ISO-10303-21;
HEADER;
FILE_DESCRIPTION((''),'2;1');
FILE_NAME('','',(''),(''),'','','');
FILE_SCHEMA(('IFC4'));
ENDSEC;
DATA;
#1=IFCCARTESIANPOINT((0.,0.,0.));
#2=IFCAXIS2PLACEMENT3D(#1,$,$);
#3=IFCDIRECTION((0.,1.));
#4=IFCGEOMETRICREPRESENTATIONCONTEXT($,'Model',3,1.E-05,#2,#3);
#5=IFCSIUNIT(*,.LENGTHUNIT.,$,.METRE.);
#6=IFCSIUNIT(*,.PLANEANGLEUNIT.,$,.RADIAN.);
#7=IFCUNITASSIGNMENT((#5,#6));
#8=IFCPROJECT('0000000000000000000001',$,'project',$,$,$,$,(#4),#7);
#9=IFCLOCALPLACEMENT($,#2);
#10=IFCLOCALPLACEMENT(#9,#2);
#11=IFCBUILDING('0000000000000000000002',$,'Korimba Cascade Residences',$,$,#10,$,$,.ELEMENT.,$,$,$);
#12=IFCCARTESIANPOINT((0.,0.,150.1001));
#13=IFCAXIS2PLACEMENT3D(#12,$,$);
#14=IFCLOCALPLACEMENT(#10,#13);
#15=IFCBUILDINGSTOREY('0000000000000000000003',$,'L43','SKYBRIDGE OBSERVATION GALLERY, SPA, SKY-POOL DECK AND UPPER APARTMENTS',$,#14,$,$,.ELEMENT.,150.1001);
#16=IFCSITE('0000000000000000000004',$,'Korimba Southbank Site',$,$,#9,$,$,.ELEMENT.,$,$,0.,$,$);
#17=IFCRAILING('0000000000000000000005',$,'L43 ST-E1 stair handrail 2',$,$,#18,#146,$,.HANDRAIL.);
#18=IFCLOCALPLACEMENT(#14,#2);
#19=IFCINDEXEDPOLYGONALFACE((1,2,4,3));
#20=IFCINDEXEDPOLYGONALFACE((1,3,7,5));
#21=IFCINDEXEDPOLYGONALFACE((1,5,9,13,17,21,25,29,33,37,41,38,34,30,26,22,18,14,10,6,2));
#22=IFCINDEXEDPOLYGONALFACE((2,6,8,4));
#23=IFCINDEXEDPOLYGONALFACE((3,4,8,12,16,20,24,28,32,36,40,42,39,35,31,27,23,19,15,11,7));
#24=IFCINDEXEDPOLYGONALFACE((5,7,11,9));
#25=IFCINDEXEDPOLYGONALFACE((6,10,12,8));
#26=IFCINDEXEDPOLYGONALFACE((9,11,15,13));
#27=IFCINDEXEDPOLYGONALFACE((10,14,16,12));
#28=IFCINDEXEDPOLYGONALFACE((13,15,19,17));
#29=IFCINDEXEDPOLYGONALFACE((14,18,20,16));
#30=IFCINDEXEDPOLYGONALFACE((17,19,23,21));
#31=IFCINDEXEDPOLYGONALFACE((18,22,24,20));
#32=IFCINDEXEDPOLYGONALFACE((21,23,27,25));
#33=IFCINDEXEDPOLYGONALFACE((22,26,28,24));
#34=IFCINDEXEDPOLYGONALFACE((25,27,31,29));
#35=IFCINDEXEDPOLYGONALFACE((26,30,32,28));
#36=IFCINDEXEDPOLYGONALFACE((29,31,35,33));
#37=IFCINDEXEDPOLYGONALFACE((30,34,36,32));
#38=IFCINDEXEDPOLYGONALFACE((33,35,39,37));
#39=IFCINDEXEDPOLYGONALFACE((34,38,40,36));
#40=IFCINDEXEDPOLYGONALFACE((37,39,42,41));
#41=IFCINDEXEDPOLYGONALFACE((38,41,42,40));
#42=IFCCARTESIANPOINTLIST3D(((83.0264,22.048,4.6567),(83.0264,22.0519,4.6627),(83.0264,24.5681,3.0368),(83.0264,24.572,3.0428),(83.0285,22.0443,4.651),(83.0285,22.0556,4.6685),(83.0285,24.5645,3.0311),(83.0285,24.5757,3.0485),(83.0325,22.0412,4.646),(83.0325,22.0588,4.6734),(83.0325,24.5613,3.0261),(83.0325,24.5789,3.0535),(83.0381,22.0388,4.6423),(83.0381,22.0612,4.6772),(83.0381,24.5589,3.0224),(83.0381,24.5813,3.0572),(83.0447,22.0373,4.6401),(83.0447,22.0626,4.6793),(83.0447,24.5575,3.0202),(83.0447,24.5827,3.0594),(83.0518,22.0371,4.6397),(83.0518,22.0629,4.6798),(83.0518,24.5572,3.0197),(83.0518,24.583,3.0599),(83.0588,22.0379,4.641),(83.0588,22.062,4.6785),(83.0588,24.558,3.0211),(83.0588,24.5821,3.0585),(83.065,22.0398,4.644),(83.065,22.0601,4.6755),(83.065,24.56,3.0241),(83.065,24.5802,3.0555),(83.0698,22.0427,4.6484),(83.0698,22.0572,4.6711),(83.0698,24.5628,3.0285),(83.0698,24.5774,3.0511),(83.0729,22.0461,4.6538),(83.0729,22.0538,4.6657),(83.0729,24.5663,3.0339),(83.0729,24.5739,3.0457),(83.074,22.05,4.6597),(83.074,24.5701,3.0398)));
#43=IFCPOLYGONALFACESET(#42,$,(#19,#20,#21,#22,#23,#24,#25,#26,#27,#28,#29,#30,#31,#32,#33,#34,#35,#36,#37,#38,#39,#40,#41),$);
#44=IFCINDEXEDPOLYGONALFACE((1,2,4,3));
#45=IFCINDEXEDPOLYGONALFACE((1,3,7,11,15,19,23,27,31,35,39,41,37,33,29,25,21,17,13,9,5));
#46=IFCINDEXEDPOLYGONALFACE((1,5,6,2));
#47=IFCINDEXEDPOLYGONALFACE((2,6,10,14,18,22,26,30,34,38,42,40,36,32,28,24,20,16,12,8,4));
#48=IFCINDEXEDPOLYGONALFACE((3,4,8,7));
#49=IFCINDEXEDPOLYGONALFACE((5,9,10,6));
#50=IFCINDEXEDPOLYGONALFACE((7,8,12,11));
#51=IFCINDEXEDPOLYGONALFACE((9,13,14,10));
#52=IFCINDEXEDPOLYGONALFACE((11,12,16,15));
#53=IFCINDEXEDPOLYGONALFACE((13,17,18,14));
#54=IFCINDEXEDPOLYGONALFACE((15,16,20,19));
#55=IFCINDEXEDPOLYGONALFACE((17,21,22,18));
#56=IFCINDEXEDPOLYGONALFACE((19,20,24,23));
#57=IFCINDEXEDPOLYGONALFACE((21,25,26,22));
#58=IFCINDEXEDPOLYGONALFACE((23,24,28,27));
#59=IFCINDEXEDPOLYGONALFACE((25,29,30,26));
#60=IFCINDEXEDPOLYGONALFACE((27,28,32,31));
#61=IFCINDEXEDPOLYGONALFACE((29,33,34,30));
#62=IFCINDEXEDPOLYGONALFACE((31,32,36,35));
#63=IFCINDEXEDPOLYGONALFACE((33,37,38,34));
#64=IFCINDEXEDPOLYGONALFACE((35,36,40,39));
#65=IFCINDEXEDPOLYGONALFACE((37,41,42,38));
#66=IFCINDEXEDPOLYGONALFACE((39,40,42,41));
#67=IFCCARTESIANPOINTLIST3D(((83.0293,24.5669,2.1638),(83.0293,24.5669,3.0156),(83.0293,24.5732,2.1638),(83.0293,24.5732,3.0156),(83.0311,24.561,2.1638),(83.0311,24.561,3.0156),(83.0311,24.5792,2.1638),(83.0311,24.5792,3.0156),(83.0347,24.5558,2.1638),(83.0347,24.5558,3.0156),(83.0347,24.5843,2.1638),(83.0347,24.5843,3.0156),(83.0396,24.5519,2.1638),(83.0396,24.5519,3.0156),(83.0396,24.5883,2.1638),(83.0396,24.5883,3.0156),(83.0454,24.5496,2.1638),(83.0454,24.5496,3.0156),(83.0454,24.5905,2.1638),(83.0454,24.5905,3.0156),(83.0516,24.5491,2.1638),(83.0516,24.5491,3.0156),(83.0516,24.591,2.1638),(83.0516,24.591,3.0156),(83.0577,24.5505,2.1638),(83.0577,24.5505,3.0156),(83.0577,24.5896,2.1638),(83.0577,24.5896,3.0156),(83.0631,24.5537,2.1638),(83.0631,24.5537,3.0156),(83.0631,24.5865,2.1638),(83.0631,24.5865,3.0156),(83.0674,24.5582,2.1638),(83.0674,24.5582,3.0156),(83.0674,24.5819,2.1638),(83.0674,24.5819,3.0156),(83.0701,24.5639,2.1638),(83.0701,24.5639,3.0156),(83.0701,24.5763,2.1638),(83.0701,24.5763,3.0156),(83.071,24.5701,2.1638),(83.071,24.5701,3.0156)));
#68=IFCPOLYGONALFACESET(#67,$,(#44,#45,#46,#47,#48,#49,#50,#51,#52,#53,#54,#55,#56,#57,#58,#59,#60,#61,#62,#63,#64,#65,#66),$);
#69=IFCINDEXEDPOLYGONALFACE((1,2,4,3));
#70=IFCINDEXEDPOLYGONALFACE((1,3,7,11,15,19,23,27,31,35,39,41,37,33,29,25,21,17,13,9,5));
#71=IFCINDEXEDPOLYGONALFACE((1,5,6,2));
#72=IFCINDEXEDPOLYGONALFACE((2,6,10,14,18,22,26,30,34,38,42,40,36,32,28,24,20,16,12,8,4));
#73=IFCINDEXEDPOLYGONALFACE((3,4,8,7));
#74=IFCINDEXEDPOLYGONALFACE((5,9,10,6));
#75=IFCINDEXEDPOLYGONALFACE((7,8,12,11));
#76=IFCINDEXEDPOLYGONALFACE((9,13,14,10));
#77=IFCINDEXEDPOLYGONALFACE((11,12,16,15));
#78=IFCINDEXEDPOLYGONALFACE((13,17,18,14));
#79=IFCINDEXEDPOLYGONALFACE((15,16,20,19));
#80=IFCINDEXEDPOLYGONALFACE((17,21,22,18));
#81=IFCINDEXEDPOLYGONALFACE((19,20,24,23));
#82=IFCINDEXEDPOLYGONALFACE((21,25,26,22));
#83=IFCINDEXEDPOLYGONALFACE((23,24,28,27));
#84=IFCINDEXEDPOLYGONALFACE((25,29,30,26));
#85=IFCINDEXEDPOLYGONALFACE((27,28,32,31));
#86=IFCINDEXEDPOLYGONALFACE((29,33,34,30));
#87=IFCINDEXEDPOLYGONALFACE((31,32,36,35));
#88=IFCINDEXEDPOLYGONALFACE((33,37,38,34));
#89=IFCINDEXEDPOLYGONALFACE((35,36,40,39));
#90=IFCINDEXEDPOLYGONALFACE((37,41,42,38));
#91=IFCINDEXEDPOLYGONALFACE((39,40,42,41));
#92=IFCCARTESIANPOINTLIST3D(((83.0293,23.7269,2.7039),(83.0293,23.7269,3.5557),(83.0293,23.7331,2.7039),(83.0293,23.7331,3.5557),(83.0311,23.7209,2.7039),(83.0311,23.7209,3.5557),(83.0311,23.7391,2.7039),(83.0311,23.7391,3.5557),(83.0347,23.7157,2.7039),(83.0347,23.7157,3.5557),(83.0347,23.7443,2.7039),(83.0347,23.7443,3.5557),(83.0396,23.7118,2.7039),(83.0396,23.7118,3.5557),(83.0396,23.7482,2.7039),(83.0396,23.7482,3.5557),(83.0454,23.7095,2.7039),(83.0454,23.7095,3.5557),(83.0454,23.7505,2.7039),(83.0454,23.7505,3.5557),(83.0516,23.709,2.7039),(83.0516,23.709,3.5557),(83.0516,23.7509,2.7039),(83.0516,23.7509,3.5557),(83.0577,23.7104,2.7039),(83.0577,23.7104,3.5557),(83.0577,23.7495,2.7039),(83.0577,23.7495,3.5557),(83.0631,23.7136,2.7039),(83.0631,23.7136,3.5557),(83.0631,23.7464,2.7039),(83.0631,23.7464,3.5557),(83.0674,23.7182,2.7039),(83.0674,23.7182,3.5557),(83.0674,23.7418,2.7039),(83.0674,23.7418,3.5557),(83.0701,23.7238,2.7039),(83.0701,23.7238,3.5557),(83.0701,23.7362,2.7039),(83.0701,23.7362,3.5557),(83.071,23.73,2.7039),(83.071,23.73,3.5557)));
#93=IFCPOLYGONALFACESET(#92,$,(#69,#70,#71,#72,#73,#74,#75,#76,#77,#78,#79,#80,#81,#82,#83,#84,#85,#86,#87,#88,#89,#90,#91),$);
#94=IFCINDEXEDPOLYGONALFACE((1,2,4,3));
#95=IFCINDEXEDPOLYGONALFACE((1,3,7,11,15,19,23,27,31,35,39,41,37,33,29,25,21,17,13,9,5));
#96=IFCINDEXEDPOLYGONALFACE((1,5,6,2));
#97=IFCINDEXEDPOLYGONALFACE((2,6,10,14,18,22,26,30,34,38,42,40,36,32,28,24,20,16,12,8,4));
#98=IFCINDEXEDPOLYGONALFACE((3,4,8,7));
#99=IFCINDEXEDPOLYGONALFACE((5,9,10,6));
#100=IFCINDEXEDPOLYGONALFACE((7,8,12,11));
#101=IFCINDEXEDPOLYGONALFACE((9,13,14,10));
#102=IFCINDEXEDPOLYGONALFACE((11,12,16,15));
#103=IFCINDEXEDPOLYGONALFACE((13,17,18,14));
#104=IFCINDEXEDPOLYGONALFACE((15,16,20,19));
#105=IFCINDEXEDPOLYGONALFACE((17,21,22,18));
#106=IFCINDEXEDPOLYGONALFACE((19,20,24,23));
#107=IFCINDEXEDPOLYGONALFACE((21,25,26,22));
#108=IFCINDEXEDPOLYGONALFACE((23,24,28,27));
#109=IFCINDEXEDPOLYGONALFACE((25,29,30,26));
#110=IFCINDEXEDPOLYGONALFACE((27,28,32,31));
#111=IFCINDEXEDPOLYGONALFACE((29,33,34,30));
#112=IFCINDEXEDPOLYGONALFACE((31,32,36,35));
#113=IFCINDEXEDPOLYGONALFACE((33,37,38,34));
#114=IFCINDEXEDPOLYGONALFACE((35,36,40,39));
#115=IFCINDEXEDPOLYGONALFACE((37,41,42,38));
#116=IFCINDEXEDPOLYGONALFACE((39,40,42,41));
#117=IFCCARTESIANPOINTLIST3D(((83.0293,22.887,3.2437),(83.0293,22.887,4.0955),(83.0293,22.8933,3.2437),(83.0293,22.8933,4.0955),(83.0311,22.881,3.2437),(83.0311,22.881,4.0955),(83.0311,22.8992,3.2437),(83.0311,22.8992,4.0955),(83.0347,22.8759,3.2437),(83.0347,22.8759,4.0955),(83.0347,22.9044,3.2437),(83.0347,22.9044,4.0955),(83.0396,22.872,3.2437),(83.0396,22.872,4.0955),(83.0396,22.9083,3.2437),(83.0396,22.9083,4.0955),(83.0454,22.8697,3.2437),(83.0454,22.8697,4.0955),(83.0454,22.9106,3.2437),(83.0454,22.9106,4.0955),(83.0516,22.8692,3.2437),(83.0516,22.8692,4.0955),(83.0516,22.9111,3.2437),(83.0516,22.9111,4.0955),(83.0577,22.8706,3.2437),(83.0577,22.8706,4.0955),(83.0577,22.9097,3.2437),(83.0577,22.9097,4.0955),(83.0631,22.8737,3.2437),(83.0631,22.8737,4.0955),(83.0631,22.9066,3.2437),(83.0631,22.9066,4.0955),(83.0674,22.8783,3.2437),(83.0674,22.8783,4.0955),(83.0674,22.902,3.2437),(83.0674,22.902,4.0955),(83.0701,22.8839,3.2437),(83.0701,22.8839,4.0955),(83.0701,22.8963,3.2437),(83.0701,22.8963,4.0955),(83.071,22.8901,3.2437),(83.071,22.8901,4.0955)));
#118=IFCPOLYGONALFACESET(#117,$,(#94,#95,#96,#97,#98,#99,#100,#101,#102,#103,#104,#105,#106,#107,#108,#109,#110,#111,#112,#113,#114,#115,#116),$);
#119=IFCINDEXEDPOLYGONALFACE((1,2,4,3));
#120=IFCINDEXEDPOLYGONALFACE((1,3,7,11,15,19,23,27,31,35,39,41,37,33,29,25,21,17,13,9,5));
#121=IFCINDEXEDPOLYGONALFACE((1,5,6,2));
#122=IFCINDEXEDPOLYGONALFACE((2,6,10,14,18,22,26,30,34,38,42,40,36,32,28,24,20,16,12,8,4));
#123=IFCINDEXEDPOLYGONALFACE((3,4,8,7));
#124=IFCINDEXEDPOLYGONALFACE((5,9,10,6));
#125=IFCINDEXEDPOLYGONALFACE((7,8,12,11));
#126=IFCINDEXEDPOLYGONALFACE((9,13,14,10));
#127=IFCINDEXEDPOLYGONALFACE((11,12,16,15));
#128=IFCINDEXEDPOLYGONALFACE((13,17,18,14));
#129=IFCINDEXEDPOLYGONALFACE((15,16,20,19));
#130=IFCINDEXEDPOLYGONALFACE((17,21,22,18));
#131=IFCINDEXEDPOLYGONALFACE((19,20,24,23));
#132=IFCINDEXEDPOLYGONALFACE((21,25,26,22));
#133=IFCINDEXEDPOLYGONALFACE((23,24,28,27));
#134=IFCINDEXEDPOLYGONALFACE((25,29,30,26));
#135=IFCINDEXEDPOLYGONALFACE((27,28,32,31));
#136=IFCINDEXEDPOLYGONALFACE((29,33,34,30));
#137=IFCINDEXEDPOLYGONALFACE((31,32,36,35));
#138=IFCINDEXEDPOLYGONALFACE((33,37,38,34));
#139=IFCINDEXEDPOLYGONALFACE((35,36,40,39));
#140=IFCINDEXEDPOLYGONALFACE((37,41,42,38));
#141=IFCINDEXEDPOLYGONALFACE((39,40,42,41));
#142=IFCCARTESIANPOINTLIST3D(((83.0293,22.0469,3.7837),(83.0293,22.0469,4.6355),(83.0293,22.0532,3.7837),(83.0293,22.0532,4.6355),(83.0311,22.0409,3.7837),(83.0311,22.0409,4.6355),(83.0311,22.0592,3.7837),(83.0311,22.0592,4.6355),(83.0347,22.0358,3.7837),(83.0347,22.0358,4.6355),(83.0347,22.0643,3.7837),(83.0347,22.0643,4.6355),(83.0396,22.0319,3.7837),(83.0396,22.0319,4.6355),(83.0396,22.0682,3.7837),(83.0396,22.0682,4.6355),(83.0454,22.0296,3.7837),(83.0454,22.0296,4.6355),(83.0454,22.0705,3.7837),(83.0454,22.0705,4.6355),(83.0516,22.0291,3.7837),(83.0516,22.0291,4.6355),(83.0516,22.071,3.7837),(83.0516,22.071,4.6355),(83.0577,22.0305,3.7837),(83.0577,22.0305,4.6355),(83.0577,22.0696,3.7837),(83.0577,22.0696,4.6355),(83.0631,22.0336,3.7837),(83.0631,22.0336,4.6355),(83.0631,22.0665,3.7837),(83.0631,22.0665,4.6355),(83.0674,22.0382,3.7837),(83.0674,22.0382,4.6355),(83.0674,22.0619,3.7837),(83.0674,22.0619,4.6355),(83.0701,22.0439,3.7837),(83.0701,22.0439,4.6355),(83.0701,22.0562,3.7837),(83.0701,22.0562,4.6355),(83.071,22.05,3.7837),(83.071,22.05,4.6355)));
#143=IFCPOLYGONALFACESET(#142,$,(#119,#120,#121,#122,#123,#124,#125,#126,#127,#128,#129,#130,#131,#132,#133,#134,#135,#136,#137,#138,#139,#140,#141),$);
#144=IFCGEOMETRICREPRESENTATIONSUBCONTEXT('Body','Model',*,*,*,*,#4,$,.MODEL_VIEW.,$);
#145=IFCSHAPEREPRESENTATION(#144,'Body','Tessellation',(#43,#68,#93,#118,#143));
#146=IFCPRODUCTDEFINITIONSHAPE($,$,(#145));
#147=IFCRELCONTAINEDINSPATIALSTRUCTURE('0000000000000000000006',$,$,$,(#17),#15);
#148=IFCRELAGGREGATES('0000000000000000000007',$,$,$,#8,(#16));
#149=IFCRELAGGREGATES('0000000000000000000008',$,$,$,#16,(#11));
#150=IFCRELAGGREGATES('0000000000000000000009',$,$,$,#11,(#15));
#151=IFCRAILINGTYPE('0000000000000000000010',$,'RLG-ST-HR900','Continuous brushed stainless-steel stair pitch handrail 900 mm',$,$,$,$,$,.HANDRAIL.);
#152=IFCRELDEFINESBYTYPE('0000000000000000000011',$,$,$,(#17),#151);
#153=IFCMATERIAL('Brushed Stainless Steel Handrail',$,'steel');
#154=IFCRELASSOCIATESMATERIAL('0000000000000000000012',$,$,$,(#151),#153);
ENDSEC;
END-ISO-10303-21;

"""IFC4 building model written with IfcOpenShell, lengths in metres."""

from ifc_helpers import new_model, si_unit, direction, frame, origin, origin_2d, place, context, subcontext, project, spatial, circle, extrude, material, type_object, element, save


model = new_model("IFC4")

# Units and contexts
model_context = context("Model", 3, precision=1e-05, world=origin(), true_north=direction((0.0, 1.0)))
body_context = subcontext(model_context, "Body", "Model", "MODEL_VIEW")
ifc_project = project(units=[si_unit("LENGTHUNIT", "METRE"), si_unit("PLANEANGLEUNIT", "RADIAN")], contexts=[model_context])

# Site, building, storey
site_placement = place(None, origin())
site = spatial("IfcSite", under=ifc_project, at=site_placement, Name="Korimba Southbank Site", CompositionType="ELEMENT", RefElevation=0.0)
building_placement = place(site_placement, origin())
building = spatial("IfcBuilding", under=site, at=building_placement, Name="Korimba Cascade Residences", CompositionType="ELEMENT")
storey_placement = place(building_placement, frame((0.0, 0.0, 150.1001)))
storey = spatial("IfcBuildingStorey", under=building, at=storey_placement, Name="L43", Description="SKYBRIDGE OBSERVATION GALLERY, SPA, SKY-POOL DECK AND UPPER APARTMENTS", CompositionType="ELEMENT", Elevation=150.1001)

# Railing
ifc_material_1 = material(Name="Brushed Stainless Steel Handrail", Category="steel")
railing_type_1 = type_object("IfcRailingType", Name="RLG-ST-HR900", Description="Continuous brushed stainless-steel stair pitch handrail 900 mm", PredefinedType="HANDRAIL", material=ifc_material_1)
railing_1_placement = place(storey_placement, frame((83.05, 24.5701, 2.1638)))
element("IfcRailing", 1, at=railing_1_placement, inside=storey, type_object=railing_type_1, Name="L43 ST-E1 stair handrail 2", PredefinedType="HANDRAIL", context=body_context, shape_type="SweptSolid", body=[
    extrude(circle(Radius=0.0239, at=origin_2d()), frame((0.0, 0.0, 0.876), z_axis=(0.0, -0.8412, 0.540725), x_axis=(1.0, 0.0, 0.0)), (0.0, 0.0, 1.0), 2.9958),
    extrude(circle(Radius=0.021, at=origin_2d()), origin(), (0.0, 0.0, 1.0), 0.8518),
    extrude(circle(Radius=0.021, at=origin_2d()), frame((0.0, -0.8401, 0.54)), (0.0, 0.0, 1.0), 0.8518),
    extrude(circle(Radius=0.021, at=origin_2d()), frame((0.0, -1.6799, 1.0798)), (0.0, 0.0, 1.0), 0.8518),
    extrude(circle(Radius=0.021, at=origin_2d()), frame((0.0, -2.52, 1.6199)), (0.0, 0.0, 1.0), 0.8518),
])

save(model, "model.ifc")
